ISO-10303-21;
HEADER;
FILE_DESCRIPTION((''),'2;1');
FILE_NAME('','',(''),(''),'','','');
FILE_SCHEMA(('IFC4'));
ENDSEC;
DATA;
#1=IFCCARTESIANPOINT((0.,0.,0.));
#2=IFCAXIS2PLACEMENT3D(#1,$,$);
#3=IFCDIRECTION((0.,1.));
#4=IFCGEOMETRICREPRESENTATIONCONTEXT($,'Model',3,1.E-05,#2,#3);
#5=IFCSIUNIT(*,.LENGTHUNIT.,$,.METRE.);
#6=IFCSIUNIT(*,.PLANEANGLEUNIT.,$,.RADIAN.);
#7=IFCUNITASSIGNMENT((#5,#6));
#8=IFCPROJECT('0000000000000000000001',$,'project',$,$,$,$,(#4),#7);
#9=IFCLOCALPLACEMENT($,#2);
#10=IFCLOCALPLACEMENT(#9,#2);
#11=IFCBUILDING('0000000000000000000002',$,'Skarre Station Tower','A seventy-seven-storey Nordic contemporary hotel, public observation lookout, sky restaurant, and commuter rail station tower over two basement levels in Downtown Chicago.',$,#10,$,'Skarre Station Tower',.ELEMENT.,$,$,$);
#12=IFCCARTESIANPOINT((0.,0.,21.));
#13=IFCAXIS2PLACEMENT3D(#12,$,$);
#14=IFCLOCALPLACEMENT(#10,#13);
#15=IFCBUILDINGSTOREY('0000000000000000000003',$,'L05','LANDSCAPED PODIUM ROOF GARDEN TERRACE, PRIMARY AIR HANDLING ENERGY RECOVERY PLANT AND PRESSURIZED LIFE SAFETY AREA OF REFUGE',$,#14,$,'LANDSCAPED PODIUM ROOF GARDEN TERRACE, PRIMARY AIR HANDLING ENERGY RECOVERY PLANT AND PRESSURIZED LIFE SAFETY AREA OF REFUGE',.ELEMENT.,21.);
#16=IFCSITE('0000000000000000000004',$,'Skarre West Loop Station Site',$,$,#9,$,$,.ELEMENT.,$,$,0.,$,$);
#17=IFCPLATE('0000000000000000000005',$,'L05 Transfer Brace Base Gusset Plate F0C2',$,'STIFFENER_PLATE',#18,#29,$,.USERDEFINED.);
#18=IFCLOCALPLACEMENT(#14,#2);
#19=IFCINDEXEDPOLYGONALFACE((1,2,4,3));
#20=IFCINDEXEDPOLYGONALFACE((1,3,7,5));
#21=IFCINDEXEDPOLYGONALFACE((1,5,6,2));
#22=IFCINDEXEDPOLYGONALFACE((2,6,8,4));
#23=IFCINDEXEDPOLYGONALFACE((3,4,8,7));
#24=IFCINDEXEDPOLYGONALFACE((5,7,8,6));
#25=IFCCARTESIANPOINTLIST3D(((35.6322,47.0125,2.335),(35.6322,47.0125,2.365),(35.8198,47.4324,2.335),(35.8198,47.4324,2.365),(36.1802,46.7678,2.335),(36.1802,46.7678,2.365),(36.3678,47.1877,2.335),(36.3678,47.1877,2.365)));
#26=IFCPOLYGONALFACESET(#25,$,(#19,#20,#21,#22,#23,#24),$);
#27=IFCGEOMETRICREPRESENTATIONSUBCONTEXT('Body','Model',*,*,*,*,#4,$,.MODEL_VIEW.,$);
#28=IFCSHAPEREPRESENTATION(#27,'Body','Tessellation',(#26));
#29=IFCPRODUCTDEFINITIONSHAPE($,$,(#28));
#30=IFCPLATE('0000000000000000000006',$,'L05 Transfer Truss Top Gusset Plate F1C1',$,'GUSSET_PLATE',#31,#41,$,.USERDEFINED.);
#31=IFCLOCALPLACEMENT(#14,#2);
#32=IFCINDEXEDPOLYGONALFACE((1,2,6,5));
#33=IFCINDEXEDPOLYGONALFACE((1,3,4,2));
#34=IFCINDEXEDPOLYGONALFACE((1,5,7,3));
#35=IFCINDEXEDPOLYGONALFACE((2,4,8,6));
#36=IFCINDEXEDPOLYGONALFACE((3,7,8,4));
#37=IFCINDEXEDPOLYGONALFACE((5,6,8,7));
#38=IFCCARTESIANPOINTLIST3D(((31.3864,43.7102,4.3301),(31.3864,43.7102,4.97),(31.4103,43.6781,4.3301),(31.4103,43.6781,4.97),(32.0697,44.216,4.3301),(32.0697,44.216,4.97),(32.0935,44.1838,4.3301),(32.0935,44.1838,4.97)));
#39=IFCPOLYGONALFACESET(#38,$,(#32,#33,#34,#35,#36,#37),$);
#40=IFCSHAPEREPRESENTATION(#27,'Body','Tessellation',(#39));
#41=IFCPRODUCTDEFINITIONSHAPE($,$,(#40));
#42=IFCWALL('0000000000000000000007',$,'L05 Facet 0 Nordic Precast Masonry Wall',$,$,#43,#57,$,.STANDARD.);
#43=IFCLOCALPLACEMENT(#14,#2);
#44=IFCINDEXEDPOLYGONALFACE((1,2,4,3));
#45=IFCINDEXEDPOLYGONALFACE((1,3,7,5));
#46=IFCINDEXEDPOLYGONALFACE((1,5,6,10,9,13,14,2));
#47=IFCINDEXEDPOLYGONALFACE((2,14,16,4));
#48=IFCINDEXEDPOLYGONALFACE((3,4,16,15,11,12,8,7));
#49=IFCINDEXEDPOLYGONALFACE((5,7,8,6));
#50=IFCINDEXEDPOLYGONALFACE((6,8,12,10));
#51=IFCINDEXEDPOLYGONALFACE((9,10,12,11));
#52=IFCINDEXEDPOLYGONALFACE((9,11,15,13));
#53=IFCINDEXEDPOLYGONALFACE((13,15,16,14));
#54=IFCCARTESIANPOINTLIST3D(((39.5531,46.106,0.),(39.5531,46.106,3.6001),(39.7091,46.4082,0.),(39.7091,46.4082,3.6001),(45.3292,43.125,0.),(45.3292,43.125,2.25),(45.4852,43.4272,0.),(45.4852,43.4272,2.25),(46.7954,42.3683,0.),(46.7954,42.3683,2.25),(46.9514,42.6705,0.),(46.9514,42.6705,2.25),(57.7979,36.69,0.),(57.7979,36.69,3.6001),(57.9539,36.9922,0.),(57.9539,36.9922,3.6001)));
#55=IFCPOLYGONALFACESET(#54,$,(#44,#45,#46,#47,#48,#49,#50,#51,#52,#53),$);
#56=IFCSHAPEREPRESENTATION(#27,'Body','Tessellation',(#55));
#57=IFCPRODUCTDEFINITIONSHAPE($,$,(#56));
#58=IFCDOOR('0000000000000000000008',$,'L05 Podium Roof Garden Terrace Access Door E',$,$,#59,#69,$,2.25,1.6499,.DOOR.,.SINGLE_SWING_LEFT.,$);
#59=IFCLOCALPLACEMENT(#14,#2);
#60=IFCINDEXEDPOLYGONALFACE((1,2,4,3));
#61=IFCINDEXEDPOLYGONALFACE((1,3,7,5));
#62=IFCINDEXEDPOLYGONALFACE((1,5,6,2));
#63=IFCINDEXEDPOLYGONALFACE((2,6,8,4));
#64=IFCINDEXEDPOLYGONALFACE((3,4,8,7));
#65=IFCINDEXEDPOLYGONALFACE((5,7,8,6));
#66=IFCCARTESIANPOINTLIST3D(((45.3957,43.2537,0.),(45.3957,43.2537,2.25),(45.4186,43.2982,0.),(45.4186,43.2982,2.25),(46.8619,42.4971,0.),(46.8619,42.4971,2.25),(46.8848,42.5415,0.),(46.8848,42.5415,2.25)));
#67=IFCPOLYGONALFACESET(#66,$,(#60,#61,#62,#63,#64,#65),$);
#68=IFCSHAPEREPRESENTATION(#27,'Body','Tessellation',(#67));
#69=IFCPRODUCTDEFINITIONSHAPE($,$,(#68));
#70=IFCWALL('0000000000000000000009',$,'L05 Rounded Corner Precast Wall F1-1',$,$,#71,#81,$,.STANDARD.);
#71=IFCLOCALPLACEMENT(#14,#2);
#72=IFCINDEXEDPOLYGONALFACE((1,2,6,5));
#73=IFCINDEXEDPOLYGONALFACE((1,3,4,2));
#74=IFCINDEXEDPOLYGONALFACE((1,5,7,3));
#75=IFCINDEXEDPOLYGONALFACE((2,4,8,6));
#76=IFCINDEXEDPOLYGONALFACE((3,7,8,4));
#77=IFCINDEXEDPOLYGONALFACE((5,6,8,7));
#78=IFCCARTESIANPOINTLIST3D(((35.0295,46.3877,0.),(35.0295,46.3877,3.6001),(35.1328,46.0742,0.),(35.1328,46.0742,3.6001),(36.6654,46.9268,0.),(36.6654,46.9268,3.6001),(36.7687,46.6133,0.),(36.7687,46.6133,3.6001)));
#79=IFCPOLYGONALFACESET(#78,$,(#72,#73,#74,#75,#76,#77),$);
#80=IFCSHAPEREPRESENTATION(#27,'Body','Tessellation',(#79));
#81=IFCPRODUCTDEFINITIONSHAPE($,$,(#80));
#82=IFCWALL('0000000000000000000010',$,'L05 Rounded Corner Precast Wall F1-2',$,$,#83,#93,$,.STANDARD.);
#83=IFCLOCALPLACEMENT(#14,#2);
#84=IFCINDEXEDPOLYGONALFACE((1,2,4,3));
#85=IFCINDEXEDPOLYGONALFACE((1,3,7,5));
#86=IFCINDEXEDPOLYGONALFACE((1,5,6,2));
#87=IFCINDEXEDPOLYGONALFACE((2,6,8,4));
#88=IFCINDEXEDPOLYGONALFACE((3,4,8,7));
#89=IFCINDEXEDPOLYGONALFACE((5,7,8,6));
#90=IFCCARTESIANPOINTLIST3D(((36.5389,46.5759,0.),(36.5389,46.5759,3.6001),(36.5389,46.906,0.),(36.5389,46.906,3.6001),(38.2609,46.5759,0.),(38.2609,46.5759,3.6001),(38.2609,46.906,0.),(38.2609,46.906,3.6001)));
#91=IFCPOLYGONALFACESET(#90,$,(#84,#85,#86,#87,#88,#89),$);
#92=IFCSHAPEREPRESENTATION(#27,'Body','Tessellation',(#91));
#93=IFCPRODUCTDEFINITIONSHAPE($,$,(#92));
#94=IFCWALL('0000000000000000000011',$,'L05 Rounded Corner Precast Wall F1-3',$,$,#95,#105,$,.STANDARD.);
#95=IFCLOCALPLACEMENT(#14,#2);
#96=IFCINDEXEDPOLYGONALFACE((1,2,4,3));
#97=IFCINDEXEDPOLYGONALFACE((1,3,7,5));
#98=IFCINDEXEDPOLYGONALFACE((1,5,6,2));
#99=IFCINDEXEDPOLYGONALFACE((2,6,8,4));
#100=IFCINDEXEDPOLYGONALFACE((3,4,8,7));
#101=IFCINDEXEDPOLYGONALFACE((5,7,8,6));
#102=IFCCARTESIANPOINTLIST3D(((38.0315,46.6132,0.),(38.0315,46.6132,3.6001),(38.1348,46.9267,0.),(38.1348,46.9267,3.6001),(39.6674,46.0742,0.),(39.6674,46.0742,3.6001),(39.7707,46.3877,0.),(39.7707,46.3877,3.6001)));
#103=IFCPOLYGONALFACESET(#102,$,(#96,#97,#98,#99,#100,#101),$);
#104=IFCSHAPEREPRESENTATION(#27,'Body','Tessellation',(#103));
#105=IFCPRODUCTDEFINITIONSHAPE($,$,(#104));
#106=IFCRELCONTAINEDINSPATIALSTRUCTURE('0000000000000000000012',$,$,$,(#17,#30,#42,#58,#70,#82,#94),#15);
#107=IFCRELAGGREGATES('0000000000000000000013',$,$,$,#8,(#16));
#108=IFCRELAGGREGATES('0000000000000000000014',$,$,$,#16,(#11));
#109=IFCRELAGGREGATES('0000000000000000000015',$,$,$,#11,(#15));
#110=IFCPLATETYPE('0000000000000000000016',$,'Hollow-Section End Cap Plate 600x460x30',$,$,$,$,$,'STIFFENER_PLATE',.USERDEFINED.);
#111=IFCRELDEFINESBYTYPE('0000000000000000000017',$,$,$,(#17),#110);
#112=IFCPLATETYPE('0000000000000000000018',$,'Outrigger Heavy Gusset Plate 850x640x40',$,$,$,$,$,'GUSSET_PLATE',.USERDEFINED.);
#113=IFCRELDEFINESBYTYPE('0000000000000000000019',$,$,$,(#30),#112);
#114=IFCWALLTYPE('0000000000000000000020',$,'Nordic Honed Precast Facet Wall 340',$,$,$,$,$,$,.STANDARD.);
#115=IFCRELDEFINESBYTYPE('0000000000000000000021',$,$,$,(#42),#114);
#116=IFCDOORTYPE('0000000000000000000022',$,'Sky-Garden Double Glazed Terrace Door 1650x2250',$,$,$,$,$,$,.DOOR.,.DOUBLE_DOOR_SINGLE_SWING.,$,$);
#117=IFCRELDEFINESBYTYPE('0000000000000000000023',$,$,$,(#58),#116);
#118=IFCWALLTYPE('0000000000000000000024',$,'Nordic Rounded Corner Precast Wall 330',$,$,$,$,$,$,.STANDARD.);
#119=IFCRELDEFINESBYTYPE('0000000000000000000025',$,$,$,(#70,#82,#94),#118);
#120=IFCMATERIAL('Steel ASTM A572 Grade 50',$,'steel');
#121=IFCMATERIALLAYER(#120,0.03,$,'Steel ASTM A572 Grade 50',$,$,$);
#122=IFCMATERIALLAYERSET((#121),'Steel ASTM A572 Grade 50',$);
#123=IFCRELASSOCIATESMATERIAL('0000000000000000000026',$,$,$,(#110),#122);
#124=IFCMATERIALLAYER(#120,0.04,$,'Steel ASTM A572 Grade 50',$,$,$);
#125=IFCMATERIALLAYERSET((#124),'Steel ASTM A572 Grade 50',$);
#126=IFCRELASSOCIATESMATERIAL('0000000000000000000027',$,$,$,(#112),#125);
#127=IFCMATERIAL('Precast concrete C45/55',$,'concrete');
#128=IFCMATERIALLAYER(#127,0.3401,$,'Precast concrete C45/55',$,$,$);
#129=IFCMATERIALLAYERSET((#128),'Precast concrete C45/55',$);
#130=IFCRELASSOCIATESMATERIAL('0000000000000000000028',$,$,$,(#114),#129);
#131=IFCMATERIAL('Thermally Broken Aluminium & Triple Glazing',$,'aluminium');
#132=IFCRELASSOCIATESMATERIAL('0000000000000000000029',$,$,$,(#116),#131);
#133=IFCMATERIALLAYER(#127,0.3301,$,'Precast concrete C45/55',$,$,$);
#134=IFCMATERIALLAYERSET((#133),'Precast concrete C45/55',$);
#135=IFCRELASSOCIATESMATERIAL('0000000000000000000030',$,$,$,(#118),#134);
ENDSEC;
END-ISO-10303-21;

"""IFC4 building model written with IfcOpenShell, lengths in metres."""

from ifc_helpers import new_model, si_unit, direction, frame, frame_2d, origin, origin_2d, place, context, subcontext, project, spatial, rectangle, extrude, material, layer, layer_set, type_object, element, fill, save


model = new_model("IFC4")

# Units and contexts
model_context = context("Model", 3, precision=1e-05, world=origin(), true_north=direction((0.0, 1.0)))
body_context = subcontext(model_context, "Body", "Model", "MODEL_VIEW")
ifc_project = project(units=[si_unit("LENGTHUNIT", "METRE"), si_unit("PLANEANGLEUNIT", "RADIAN")], contexts=[model_context])

# Site, building, storey
site_placement = place(None, origin())
site = spatial("IfcSite", under=ifc_project, at=site_placement, Name="Skarre West Loop Station Site", CompositionType="ELEMENT", RefElevation=0.0)
building_placement = place(site_placement, origin())
building = spatial("IfcBuilding", under=site, at=building_placement, Name="Skarre Station Tower", Description="A seventy-seven-storey Nordic contemporary hotel, public observation lookout, sky restaurant, and commuter rail station tower over two basement levels in Downtown Chicago.", LongName="Skarre Station Tower", CompositionType="ELEMENT")
storey_placement = place(building_placement, frame((0.0, 0.0, 21.0)))
storey = spatial("IfcBuildingStorey", under=building, at=storey_placement, Name="L05", Description="LANDSCAPED PODIUM ROOF GARDEN TERRACE, PRIMARY AIR HANDLING ENERGY RECOVERY PLANT AND PRESSURIZED LIFE SAFETY AREA OF REFUGE", LongName="LANDSCAPED PODIUM ROOF GARDEN TERRACE, PRIMARY AIR HANDLING ENERGY RECOVERY PLANT AND PRESSURIZED LIFE SAFETY AREA OF REFUGE", CompositionType="ELEMENT", Elevation=21.0)

# Plates
ifc_material_1 = material(Name="Steel ASTM A572 Grade 50", Category="steel")
ifc_layer_1 = layer(ifc_material_1, 0.03, Name="Steel ASTM A572 Grade 50")
ifc_layer_set_1 = layer_set([ifc_layer_1], Name="Steel ASTM A572 Grade 50")
plate_type_1 = type_object("IfcPlateType", Name="Hollow-Section End Cap Plate 600x460x30", ElementType="STIFFENER_PLATE", PredefinedType="USERDEFINED", material=ifc_layer_set_1)
plate_1_placement = place(storey_placement, frame((36.0, 47.1001, 2.335), z_axis=(0.0, 0.0, 1.0), x_axis=(0.913076, -0.407789, 0.0)))
element("IfcPlate", 1, at=plate_1_placement, inside=storey, type_object=plate_type_1, Name="L05 Transfer Brace Base Gusset Plate F0C2", ObjectType="STIFFENER_PLATE", PredefinedType="USERDEFINED", context=body_context, shape_type="SweptSolid", body=[
    extrude(rectangle(XDim=0.6001, YDim=0.46, at=origin_2d()), origin(), (0.0, 0.0, 1.0), 0.03),
])
ifc_layer_2 = layer(ifc_material_1, 0.04, Name="Steel ASTM A572 Grade 50")
ifc_layer_set_2 = layer_set([ifc_layer_2], Name="Steel ASTM A572 Grade 50")
plate_type_2 = type_object("IfcPlateType", Name="Outrigger Heavy Gusset Plate 850x640x40", ElementType="GUSSET_PLATE", PredefinedType="USERDEFINED", material=ifc_layer_set_2)
plate_2_placement = place(storey_placement, frame((31.74, 43.947, 4.3301), z_axis=(0.0, 0.0, 1.0), x_axis=(-0.803784, -0.594921, 0.0)))
element("IfcPlate", 2, at=plate_2_placement, inside=storey, type_object=plate_type_2, Name="L05 Transfer Truss Top Gusset Plate F1C1", ObjectType="GUSSET_PLATE", PredefinedType="USERDEFINED", context=body_context, shape_type="SweptSolid", body=[
    extrude(rectangle(XDim=0.8501, YDim=0.04, at=origin_2d()), origin(), (0.0, 0.0, 1.0), 0.6399),
])

# Wall, opening, door
ifc_material_2 = material(Name="Precast concrete C45/55", Category="concrete")
ifc_layer_3 = layer(ifc_material_2, 0.3401, Name="Precast concrete C45/55")
ifc_layer_set_3 = layer_set([ifc_layer_3], Name="Precast concrete C45/55")
wall_type_1 = type_object("IfcWallType", Name="Nordic Honed Precast Facet Wall 340", PredefinedType="STANDARD", material=ifc_layer_set_3)
wall_1_placement = place(storey_placement, frame((39.6311, 46.2571, 0.0), z_axis=(0.0, 0.0, 1.0), x_axis=(0.888634, -0.458616, 0.0)))
wall_1 = element("IfcWall", 3, at=wall_1_placement, inside=storey, type_object=wall_type_1, Name="L05 Facet 0 Nordic Precast Masonry Wall", PredefinedType="STANDARD", context=body_context, shape_type="SweptSolid", body=[
    extrude(rectangle(XDim=20.5312, YDim=0.3401, at=frame_2d((10.2656, 0.0))), origin(), (0.0, 0.0, 1.0), 3.6001),
])
opening_placement = place(wall_1_placement, frame((6.5, 0.0, 0.0)))
opening = element("IfcOpeningElement", 4, at=opening_placement, cuts=wall_1, PredefinedType="OPENING", context=body_context, shape_type="SweptSolid", body=[
    extrude(rectangle(XDim=1.6499, YDim=2.25, at=frame_2d((0.825, 1.125))), frame((0.0, 0.1799, 0.0), z_axis=(0.0, -1.0, 0.0), x_axis=(1.0, 0.0, 0.0)), (0.0, 0.0, 1.0), 0.3601),
])
ifc_material_3 = material(Name="Thermally Broken Aluminium & Triple Glazing", Category="aluminium")
door_type = type_object("IfcDoorType", Name="Sky-Garden Double Glazed Terrace Door 1650x2250", OperationType="DOUBLE_DOOR_SINGLE_SWING", PredefinedType="DOOR", material=ifc_material_3)
door_placement = place(opening_placement, origin())
door = element("IfcDoor", 5, at=door_placement, inside=storey, type_object=door_type, Name="L05 Podium Roof Garden Terrace Access Door E", OperationType="SINGLE_SWING_LEFT", OverallHeight=2.25, OverallWidth=1.6499, PredefinedType="DOOR", context=body_context, shape_type="SweptSolid", body=[
    extrude(rectangle(XDim=1.6499, YDim=2.25, at=frame_2d((0.825, 1.125))), frame((0.0, 0.0249, 0.0), z_axis=(0.0, -1.0, 0.0), x_axis=(1.0, 0.0, 0.0)), (0.0, 0.0, 1.0), 0.05),
])
fill(opening, door)

# Walls
ifc_layer_4 = layer(ifc_material_2, 0.3301, Name="Precast concrete C45/55")
ifc_layer_set_4 = layer_set([ifc_layer_4], Name="Precast concrete C45/55")
wall_type_2 = type_object("IfcWallType", Name="Nordic Rounded Corner Precast Wall 330", PredefinedType="STANDARD", material=ifc_layer_set_4)
wall_2_placement = place(storey_placement, frame((35.0811, 46.231, 0.0), z_axis=(0.0, 0.0, 1.0), x_axis=(0.949769, 0.312952, 0.0)))
element("IfcWall", 6, at=wall_2_placement, inside=storey, type_object=wall_type_2, Name="L05 Rounded Corner Precast Wall F1-1", PredefinedType="STANDARD", context=body_context, shape_type="SweptSolid", body=[
    extrude(rectangle(XDim=1.7224, YDim=0.3301, at=frame_2d((0.8613, 0.0))), origin(), (0.0, 0.0, 1.0), 3.6001),
])
wall_3_placement = place(storey_placement, frame((36.5391, 46.741, 0.0), z_axis=(0.0, 0.0, 1.0), x_axis=(1.0, 0.0, 0.0)))
element("IfcWall", 7, at=wall_3_placement, inside=storey, type_object=wall_type_2, Name="L05 Rounded Corner Precast Wall F1-2", PredefinedType="STANDARD", context=body_context, shape_type="SweptSolid", body=[
    extrude(rectangle(XDim=1.7219, YDim=0.3301, at=frame_2d((0.8608, 0.0))), origin(), (0.0, 0.0, 1.0), 3.6001),
])
wall_4_placement = place(storey_placement, frame((38.083, 46.77, 0.0), z_axis=(0.0, 0.0, 1.0), x_axis=(0.949769, -0.312952, 0.0)))
element("IfcWall", 8, at=wall_4_placement, inside=storey, type_object=wall_type_2, Name="L05 Rounded Corner Precast Wall F1-3", PredefinedType="STANDARD", context=body_context, shape_type="SweptSolid", body=[
    extrude(rectangle(XDim=1.7224, YDim=0.3301, at=frame_2d((0.8613, 0.0))), origin(), (0.0, 0.0, 1.0), 3.6001),
])

save(model, "model.ifc")
